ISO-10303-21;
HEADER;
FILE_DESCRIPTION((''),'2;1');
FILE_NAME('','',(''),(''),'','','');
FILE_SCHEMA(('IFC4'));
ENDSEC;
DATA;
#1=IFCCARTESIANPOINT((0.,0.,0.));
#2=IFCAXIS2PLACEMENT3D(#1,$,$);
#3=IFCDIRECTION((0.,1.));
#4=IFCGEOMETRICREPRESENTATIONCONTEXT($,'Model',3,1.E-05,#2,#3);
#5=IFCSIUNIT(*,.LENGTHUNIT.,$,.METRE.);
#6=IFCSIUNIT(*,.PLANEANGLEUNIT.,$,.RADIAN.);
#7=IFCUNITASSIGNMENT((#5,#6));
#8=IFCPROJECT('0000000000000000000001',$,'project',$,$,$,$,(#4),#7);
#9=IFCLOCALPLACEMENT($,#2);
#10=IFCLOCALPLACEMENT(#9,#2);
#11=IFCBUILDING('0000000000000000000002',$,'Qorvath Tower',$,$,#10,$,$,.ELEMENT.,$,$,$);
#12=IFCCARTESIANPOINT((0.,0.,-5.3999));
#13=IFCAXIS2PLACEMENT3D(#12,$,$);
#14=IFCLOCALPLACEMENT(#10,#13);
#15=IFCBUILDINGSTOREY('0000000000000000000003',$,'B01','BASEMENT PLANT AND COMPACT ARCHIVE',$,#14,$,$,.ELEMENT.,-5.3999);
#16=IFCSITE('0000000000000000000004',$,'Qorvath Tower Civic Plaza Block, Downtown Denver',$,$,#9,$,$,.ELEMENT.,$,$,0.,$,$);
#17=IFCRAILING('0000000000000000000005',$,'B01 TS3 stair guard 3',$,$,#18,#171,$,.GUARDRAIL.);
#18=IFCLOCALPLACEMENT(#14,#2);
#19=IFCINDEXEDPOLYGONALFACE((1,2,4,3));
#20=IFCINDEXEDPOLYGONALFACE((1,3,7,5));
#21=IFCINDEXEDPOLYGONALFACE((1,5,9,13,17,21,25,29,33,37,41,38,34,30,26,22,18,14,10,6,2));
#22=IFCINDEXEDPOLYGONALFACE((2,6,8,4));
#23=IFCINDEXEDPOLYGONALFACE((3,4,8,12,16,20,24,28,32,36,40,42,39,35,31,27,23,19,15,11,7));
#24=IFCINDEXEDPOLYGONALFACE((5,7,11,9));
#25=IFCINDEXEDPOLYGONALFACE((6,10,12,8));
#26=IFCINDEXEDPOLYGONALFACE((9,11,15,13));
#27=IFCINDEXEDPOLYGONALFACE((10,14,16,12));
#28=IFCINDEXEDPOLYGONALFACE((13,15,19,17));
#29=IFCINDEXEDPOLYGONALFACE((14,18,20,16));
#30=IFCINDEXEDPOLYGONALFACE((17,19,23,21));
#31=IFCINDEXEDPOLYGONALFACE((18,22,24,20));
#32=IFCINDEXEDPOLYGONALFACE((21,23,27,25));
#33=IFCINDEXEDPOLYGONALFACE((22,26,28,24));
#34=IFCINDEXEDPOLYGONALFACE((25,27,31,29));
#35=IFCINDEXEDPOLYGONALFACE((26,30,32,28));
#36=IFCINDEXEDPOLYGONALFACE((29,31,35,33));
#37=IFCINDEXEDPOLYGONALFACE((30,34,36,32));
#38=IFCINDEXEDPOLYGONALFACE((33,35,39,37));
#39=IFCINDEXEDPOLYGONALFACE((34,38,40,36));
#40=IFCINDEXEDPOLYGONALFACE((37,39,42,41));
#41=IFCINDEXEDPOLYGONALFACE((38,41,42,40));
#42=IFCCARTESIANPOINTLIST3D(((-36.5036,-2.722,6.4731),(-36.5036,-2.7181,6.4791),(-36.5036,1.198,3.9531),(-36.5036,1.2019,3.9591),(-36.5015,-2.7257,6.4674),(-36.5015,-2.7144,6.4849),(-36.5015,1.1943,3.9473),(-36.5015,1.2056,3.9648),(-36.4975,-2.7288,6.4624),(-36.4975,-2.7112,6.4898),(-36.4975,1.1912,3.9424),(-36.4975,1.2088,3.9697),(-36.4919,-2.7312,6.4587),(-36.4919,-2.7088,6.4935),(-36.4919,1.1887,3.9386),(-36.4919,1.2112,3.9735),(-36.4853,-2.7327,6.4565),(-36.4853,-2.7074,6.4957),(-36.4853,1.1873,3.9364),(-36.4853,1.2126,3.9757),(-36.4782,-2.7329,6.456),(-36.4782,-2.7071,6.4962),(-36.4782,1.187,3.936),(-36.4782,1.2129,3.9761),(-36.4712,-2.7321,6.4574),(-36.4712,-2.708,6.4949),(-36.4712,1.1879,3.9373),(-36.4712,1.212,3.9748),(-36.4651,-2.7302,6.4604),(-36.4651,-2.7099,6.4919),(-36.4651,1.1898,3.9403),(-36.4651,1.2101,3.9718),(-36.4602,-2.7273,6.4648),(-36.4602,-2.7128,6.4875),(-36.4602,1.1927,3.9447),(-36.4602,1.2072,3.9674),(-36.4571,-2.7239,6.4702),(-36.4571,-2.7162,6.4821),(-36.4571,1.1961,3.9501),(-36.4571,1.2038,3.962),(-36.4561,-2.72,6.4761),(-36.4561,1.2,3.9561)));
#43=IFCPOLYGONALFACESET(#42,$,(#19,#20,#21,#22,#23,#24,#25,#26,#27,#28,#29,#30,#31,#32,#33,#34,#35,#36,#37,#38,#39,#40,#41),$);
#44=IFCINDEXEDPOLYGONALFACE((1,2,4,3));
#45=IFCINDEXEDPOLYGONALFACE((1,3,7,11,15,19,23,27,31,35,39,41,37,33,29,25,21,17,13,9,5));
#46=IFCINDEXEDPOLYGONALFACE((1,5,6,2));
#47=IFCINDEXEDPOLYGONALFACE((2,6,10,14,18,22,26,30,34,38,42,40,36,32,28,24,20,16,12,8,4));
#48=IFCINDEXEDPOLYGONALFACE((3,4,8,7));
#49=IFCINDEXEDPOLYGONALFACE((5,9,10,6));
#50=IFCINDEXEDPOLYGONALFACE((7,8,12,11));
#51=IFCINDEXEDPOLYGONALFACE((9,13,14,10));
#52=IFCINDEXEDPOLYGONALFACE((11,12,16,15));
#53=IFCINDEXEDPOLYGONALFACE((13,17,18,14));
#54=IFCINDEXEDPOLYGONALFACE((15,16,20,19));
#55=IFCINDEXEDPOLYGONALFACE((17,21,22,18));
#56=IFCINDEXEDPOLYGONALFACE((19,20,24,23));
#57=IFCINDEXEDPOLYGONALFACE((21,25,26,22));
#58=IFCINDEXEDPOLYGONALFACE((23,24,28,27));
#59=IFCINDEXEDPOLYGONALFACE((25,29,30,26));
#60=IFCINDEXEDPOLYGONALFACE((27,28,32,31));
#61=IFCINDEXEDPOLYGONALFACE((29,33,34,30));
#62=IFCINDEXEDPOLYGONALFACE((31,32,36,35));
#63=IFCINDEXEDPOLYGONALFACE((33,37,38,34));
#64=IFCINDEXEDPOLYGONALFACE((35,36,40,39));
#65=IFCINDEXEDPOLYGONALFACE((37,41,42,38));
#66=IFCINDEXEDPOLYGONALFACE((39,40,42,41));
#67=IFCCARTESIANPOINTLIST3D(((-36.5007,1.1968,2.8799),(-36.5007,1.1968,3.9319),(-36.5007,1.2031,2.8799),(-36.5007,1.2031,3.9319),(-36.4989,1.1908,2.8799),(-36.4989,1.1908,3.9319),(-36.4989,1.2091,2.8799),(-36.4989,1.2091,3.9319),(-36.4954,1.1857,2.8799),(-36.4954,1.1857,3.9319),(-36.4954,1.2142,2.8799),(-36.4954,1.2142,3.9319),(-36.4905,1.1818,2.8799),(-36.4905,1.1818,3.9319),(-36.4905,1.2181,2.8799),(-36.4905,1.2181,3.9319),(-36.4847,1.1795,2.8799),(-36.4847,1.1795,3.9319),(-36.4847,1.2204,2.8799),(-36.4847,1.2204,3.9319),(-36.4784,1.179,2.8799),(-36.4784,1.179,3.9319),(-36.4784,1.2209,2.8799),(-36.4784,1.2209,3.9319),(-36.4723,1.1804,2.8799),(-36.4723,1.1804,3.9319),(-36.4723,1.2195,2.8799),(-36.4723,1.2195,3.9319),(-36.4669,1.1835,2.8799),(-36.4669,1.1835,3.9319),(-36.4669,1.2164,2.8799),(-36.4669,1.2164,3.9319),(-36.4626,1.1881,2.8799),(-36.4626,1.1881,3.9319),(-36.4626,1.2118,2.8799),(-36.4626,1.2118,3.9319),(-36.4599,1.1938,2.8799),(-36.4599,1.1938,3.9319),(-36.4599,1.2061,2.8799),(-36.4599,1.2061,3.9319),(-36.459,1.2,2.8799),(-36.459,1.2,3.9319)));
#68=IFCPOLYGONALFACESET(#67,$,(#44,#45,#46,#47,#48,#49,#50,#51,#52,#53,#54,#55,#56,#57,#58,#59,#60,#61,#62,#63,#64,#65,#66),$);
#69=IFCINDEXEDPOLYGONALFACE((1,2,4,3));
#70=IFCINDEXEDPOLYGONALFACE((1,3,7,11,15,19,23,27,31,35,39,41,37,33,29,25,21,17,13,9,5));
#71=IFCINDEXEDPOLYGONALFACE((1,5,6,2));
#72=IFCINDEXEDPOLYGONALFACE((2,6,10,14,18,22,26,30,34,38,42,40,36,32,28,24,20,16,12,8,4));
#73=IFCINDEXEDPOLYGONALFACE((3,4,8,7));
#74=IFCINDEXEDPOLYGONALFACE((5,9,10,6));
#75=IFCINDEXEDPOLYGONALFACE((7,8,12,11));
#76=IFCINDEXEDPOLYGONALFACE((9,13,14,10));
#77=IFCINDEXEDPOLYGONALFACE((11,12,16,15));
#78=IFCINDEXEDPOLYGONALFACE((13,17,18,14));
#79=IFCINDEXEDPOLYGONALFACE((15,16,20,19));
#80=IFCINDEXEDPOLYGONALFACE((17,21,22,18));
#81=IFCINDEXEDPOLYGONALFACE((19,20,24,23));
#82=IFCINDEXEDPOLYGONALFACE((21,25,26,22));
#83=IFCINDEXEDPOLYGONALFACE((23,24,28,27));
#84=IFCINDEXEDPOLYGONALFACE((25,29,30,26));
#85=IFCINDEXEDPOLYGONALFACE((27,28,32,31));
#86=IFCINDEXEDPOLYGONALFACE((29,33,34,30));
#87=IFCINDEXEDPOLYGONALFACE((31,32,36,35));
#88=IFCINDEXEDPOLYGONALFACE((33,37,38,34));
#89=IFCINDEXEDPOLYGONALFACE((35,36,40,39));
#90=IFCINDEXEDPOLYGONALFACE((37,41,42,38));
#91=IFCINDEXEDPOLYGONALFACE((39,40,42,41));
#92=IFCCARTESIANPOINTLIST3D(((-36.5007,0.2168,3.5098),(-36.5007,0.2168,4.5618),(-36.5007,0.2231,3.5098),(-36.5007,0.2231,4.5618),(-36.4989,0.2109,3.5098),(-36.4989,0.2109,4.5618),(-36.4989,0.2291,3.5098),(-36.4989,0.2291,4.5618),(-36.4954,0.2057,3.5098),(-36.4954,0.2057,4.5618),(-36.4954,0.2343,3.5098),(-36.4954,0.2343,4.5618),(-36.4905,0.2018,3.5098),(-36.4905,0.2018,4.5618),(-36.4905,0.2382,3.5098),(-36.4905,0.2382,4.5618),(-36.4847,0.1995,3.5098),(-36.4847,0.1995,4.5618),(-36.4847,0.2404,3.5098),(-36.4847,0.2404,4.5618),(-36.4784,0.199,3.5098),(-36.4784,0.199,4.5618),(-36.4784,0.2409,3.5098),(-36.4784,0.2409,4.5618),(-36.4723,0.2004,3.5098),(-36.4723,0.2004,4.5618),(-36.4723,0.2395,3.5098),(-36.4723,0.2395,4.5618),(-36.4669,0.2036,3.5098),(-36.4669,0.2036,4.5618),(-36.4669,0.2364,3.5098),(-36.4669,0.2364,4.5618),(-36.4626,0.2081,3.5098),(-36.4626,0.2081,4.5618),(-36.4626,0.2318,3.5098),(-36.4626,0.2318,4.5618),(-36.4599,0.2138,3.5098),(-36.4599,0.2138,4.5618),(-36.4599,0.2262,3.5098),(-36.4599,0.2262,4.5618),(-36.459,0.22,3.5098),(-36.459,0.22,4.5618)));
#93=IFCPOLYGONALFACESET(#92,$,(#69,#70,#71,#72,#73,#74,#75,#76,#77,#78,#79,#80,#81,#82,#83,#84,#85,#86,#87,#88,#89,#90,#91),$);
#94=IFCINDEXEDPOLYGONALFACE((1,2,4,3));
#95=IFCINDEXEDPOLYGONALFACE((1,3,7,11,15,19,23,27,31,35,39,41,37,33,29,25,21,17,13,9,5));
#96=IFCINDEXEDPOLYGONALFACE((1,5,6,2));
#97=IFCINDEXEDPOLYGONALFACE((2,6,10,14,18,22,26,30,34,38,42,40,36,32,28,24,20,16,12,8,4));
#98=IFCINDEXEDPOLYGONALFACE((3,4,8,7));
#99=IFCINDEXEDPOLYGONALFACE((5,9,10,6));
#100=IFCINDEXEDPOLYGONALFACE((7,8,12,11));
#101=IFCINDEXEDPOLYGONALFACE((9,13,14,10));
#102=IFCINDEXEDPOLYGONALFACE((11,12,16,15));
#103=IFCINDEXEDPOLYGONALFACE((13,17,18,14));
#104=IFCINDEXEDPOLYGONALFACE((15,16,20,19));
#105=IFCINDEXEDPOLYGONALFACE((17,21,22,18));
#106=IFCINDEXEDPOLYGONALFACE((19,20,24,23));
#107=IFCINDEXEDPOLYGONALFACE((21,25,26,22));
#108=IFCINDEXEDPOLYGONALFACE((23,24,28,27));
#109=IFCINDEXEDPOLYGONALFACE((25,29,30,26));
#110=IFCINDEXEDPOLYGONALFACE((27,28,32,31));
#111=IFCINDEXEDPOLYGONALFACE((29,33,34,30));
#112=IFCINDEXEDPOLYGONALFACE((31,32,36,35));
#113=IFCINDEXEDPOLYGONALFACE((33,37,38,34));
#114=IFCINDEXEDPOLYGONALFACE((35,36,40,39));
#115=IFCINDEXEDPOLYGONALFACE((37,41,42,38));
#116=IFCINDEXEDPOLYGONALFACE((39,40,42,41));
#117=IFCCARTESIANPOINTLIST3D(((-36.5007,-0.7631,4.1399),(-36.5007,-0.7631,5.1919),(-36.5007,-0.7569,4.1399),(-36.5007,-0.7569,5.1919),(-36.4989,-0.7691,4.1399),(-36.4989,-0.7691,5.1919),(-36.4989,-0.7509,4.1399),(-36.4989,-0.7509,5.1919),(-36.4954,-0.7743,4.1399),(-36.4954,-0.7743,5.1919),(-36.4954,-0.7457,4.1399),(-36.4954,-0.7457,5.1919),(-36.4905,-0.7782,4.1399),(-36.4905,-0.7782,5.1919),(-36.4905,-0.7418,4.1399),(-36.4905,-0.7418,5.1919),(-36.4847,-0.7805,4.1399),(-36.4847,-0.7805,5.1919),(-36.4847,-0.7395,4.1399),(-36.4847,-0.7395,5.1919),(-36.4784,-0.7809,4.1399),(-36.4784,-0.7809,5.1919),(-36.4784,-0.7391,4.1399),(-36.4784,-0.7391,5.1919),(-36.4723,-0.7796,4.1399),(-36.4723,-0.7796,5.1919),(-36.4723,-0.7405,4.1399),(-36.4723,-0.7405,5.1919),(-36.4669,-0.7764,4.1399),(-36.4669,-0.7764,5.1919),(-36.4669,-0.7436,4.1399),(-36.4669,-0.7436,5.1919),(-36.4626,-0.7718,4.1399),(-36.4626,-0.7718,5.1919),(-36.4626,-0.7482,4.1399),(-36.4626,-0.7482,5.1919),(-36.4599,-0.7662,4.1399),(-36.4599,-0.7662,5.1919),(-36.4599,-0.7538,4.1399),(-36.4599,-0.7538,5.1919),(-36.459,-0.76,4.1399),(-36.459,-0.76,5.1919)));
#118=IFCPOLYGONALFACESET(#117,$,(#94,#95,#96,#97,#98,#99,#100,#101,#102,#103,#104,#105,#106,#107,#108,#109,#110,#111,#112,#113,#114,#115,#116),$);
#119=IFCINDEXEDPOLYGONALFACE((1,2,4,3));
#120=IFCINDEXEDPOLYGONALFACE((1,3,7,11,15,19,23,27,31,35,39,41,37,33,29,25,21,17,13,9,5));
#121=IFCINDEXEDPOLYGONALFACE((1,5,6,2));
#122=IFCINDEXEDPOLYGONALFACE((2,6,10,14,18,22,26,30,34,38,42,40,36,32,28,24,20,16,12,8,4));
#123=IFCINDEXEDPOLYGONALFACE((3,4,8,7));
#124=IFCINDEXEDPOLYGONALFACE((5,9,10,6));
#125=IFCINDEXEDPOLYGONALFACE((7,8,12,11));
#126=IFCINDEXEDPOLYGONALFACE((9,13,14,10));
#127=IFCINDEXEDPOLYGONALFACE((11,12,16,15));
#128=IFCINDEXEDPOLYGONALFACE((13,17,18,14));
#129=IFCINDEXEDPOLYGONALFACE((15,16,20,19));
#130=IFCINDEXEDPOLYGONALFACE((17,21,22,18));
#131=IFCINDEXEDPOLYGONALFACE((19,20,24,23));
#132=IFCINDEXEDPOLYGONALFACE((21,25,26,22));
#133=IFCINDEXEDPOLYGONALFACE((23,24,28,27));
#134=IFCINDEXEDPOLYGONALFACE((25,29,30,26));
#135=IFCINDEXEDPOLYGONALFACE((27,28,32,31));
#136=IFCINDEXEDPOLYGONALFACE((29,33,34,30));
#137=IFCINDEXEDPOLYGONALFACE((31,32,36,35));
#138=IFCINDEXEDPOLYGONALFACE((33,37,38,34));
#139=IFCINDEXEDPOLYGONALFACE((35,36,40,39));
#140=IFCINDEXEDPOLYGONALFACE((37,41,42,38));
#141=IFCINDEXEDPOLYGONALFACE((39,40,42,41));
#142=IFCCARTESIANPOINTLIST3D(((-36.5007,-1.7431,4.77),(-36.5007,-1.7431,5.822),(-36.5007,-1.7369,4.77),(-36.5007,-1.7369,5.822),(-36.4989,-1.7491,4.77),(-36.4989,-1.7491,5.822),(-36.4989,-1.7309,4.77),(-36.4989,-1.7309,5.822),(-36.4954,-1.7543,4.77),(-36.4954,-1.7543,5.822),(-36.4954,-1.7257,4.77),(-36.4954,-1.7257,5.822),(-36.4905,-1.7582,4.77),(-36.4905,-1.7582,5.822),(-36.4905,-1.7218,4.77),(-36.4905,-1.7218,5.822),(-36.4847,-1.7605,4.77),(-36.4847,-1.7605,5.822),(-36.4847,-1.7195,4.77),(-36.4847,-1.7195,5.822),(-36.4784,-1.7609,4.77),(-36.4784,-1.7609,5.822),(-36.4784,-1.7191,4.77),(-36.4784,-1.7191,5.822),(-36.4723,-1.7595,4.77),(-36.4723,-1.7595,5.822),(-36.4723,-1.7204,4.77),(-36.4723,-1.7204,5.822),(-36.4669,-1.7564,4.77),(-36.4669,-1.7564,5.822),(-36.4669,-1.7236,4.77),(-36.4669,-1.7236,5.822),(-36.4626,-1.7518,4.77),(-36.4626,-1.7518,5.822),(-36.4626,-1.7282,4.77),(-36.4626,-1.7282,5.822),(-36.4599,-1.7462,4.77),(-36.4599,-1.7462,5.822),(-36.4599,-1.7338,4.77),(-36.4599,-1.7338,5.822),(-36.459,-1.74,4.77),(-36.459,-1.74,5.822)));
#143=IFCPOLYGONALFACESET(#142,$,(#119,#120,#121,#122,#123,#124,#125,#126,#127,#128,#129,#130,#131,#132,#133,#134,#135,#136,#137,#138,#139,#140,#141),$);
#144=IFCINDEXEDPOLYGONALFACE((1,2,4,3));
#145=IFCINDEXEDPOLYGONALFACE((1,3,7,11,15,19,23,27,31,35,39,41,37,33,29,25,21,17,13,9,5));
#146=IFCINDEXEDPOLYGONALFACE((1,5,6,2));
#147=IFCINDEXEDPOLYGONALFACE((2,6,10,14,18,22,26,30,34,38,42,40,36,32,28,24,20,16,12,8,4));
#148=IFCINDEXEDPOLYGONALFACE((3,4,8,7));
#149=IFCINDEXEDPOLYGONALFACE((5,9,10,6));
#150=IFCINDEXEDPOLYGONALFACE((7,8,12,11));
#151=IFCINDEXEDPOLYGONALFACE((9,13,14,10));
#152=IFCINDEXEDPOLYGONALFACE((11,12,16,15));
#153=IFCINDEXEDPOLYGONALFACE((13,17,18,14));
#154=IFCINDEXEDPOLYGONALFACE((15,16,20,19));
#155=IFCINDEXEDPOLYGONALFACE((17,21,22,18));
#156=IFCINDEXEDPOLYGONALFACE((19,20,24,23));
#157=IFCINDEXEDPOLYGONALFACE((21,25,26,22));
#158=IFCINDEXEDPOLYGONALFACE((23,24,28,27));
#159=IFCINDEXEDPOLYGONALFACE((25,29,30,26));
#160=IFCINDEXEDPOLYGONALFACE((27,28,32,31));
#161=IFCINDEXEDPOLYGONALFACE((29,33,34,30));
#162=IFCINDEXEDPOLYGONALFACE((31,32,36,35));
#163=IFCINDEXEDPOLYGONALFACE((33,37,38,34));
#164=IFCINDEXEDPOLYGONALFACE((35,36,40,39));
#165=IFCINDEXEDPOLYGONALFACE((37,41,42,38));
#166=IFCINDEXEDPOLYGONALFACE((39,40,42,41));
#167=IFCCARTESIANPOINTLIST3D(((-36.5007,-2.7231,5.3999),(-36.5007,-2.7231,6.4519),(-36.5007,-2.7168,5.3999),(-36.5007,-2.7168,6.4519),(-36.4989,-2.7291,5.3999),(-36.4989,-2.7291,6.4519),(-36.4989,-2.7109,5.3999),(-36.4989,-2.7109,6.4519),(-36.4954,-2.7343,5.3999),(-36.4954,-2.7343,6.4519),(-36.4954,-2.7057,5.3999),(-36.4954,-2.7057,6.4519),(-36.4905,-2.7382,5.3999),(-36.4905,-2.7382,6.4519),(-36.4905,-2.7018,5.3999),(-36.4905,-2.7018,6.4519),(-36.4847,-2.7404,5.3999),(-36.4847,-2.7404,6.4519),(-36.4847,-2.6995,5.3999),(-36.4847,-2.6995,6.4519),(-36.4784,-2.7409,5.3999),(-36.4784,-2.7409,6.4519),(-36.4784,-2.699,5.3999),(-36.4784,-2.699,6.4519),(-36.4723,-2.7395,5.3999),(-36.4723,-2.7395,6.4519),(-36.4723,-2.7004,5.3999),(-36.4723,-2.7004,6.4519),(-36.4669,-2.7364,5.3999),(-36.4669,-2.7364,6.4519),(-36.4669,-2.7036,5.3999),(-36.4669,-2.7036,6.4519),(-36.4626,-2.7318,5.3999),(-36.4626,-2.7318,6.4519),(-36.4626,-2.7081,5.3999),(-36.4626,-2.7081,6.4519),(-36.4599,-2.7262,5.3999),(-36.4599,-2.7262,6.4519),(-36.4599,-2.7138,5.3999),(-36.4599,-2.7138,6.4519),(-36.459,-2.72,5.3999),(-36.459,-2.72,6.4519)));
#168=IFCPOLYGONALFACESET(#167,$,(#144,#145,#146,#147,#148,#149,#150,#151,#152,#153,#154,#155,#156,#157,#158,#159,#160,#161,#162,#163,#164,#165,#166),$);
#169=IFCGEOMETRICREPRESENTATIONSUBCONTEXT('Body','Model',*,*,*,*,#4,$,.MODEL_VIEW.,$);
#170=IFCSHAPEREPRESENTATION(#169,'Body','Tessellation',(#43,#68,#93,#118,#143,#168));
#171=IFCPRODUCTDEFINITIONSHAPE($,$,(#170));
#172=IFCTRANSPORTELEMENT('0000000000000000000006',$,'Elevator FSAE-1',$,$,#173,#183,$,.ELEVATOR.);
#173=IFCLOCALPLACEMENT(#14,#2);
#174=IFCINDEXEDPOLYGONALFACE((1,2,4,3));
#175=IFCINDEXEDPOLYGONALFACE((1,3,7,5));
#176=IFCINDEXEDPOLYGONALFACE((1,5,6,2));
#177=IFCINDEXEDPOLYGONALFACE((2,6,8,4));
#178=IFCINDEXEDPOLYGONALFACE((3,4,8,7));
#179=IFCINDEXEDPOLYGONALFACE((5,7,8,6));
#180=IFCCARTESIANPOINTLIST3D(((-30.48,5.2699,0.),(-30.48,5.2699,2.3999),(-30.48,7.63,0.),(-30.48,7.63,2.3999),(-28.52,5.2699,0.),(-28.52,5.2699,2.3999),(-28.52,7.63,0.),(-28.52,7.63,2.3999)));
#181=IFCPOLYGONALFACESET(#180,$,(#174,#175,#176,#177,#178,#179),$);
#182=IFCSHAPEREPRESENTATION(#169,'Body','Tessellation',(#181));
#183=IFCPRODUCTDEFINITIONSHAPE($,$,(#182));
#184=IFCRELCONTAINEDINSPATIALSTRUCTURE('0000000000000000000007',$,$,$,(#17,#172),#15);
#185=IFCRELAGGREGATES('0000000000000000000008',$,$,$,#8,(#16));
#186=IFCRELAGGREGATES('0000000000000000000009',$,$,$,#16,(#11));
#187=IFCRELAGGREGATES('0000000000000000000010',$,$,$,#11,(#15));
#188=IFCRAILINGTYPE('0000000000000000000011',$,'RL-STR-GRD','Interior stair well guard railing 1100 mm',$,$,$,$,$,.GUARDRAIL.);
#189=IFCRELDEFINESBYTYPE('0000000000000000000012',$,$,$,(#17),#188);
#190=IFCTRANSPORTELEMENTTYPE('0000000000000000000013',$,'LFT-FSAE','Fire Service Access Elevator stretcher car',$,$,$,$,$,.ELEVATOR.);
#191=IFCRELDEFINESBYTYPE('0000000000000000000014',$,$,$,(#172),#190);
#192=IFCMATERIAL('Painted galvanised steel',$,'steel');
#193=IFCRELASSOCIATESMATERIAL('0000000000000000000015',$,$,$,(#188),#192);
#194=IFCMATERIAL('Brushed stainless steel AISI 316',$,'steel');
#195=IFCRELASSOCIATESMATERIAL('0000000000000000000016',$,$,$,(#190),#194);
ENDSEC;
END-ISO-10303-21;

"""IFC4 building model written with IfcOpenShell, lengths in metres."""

from ifc_helpers import new_model, si_unit, direction, frame, origin, origin_2d, place, context, subcontext, project, spatial, rectangle, circle, extrude, material, type_object, element, save


model = new_model("IFC4")

# Units and contexts
model_context = context("Model", 3, precision=1e-05, world=origin(), true_north=direction((0.0, 1.0)))
body_context = subcontext(model_context, "Body", "Model", "MODEL_VIEW")
ifc_project = project(units=[si_unit("LENGTHUNIT", "METRE"), si_unit("PLANEANGLEUNIT", "RADIAN")], contexts=[model_context])

# Site, building, storey
site_placement = place(None, origin())
site = spatial("IfcSite", under=ifc_project, at=site_placement, Name="Qorvath Tower Civic Plaza Block, Downtown Denver", CompositionType="ELEMENT", RefElevation=0.0)
building_placement = place(site_placement, origin())
building = spatial("IfcBuilding", under=site, at=building_placement, Name="Qorvath Tower", CompositionType="ELEMENT")
storey_placement = place(building_placement, frame((0.0, 0.0, -5.3999)))
storey = spatial("IfcBuildingStorey", under=building, at=storey_placement, Name="B01", Description="BASEMENT PLANT AND COMPACT ARCHIVE", CompositionType="ELEMENT", Elevation=-5.3999)

# Railing
ifc_material_1 = material(Name="Painted galvanised steel", Category="steel")
railing_type = type_object("IfcRailingType", Name="RL-STR-GRD", Description="Interior stair well guard railing 1100 mm", PredefinedType="GUARDRAIL", material=ifc_material_1)
railing_1_placement = place(storey_placement, frame((-36.48, 1.2, 2.8799)))
element("IfcRailing", 1, at=railing_1_placement, inside=storey, type_object=railing_type, Name="B01 TS3 stair guard 3", PredefinedType="GUARDRAIL", context=body_context, shape_type="SweptSolid", body=[
    extrude(circle(Radius=0.0239, at=origin_2d()), frame((0.0, 0.0, 1.0762), z_axis=(0.0, -0.841172, 0.540768), x_axis=(1.0, 0.0, 0.0)), (0.0, 0.0, 1.0), 4.6602),
    extrude(circle(Radius=0.021, at=origin_2d()), origin(), (0.0, 0.0, 1.0), 1.052),
    extrude(circle(Radius=0.021, at=origin_2d()), frame((0.0, -0.98, 0.6299)), (0.0, 0.0, 1.0), 1.052),
    extrude(circle(Radius=0.021, at=origin_2d()), frame((0.0, -1.96, 1.26)), (0.0, 0.0, 1.0), 1.052),
    extrude(circle(Radius=0.021, at=origin_2d()), frame((0.0, -2.9399, 1.8901)), (0.0, 0.0, 1.0), 1.052),
    extrude(circle(Radius=0.021, at=origin_2d()), frame((0.0, -3.9199, 2.52)), (0.0, 0.0, 1.0), 1.052),
])

# Transport element
ifc_material_2 = material(Name="Brushed stainless steel AISI 316", Category="steel")
transport_element_type = type_object("IfcTransportElementType", Name="LFT-FSAE", Description="Fire Service Access Elevator stretcher car", PredefinedType="ELEVATOR", material=ifc_material_2)
transport_element_placement = place(storey_placement, frame((-29.5, 6.45, 0.0), z_axis=(0.0, 0.0, 1.0), x_axis=(1.0, 0.0, 0.0)))
element("IfcTransportElement", 2, at=transport_element_placement, inside=storey, type_object=transport_element_type, Name="Elevator FSAE-1", PredefinedType="ELEVATOR", context=body_context, shape_type="SweptSolid", body=[
    extrude(rectangle(XDim=1.96, YDim=2.3601, at=origin_2d()), origin(), (0.0, 0.0, 1.0), 2.3999),
])

save(model, "model.ifc")
